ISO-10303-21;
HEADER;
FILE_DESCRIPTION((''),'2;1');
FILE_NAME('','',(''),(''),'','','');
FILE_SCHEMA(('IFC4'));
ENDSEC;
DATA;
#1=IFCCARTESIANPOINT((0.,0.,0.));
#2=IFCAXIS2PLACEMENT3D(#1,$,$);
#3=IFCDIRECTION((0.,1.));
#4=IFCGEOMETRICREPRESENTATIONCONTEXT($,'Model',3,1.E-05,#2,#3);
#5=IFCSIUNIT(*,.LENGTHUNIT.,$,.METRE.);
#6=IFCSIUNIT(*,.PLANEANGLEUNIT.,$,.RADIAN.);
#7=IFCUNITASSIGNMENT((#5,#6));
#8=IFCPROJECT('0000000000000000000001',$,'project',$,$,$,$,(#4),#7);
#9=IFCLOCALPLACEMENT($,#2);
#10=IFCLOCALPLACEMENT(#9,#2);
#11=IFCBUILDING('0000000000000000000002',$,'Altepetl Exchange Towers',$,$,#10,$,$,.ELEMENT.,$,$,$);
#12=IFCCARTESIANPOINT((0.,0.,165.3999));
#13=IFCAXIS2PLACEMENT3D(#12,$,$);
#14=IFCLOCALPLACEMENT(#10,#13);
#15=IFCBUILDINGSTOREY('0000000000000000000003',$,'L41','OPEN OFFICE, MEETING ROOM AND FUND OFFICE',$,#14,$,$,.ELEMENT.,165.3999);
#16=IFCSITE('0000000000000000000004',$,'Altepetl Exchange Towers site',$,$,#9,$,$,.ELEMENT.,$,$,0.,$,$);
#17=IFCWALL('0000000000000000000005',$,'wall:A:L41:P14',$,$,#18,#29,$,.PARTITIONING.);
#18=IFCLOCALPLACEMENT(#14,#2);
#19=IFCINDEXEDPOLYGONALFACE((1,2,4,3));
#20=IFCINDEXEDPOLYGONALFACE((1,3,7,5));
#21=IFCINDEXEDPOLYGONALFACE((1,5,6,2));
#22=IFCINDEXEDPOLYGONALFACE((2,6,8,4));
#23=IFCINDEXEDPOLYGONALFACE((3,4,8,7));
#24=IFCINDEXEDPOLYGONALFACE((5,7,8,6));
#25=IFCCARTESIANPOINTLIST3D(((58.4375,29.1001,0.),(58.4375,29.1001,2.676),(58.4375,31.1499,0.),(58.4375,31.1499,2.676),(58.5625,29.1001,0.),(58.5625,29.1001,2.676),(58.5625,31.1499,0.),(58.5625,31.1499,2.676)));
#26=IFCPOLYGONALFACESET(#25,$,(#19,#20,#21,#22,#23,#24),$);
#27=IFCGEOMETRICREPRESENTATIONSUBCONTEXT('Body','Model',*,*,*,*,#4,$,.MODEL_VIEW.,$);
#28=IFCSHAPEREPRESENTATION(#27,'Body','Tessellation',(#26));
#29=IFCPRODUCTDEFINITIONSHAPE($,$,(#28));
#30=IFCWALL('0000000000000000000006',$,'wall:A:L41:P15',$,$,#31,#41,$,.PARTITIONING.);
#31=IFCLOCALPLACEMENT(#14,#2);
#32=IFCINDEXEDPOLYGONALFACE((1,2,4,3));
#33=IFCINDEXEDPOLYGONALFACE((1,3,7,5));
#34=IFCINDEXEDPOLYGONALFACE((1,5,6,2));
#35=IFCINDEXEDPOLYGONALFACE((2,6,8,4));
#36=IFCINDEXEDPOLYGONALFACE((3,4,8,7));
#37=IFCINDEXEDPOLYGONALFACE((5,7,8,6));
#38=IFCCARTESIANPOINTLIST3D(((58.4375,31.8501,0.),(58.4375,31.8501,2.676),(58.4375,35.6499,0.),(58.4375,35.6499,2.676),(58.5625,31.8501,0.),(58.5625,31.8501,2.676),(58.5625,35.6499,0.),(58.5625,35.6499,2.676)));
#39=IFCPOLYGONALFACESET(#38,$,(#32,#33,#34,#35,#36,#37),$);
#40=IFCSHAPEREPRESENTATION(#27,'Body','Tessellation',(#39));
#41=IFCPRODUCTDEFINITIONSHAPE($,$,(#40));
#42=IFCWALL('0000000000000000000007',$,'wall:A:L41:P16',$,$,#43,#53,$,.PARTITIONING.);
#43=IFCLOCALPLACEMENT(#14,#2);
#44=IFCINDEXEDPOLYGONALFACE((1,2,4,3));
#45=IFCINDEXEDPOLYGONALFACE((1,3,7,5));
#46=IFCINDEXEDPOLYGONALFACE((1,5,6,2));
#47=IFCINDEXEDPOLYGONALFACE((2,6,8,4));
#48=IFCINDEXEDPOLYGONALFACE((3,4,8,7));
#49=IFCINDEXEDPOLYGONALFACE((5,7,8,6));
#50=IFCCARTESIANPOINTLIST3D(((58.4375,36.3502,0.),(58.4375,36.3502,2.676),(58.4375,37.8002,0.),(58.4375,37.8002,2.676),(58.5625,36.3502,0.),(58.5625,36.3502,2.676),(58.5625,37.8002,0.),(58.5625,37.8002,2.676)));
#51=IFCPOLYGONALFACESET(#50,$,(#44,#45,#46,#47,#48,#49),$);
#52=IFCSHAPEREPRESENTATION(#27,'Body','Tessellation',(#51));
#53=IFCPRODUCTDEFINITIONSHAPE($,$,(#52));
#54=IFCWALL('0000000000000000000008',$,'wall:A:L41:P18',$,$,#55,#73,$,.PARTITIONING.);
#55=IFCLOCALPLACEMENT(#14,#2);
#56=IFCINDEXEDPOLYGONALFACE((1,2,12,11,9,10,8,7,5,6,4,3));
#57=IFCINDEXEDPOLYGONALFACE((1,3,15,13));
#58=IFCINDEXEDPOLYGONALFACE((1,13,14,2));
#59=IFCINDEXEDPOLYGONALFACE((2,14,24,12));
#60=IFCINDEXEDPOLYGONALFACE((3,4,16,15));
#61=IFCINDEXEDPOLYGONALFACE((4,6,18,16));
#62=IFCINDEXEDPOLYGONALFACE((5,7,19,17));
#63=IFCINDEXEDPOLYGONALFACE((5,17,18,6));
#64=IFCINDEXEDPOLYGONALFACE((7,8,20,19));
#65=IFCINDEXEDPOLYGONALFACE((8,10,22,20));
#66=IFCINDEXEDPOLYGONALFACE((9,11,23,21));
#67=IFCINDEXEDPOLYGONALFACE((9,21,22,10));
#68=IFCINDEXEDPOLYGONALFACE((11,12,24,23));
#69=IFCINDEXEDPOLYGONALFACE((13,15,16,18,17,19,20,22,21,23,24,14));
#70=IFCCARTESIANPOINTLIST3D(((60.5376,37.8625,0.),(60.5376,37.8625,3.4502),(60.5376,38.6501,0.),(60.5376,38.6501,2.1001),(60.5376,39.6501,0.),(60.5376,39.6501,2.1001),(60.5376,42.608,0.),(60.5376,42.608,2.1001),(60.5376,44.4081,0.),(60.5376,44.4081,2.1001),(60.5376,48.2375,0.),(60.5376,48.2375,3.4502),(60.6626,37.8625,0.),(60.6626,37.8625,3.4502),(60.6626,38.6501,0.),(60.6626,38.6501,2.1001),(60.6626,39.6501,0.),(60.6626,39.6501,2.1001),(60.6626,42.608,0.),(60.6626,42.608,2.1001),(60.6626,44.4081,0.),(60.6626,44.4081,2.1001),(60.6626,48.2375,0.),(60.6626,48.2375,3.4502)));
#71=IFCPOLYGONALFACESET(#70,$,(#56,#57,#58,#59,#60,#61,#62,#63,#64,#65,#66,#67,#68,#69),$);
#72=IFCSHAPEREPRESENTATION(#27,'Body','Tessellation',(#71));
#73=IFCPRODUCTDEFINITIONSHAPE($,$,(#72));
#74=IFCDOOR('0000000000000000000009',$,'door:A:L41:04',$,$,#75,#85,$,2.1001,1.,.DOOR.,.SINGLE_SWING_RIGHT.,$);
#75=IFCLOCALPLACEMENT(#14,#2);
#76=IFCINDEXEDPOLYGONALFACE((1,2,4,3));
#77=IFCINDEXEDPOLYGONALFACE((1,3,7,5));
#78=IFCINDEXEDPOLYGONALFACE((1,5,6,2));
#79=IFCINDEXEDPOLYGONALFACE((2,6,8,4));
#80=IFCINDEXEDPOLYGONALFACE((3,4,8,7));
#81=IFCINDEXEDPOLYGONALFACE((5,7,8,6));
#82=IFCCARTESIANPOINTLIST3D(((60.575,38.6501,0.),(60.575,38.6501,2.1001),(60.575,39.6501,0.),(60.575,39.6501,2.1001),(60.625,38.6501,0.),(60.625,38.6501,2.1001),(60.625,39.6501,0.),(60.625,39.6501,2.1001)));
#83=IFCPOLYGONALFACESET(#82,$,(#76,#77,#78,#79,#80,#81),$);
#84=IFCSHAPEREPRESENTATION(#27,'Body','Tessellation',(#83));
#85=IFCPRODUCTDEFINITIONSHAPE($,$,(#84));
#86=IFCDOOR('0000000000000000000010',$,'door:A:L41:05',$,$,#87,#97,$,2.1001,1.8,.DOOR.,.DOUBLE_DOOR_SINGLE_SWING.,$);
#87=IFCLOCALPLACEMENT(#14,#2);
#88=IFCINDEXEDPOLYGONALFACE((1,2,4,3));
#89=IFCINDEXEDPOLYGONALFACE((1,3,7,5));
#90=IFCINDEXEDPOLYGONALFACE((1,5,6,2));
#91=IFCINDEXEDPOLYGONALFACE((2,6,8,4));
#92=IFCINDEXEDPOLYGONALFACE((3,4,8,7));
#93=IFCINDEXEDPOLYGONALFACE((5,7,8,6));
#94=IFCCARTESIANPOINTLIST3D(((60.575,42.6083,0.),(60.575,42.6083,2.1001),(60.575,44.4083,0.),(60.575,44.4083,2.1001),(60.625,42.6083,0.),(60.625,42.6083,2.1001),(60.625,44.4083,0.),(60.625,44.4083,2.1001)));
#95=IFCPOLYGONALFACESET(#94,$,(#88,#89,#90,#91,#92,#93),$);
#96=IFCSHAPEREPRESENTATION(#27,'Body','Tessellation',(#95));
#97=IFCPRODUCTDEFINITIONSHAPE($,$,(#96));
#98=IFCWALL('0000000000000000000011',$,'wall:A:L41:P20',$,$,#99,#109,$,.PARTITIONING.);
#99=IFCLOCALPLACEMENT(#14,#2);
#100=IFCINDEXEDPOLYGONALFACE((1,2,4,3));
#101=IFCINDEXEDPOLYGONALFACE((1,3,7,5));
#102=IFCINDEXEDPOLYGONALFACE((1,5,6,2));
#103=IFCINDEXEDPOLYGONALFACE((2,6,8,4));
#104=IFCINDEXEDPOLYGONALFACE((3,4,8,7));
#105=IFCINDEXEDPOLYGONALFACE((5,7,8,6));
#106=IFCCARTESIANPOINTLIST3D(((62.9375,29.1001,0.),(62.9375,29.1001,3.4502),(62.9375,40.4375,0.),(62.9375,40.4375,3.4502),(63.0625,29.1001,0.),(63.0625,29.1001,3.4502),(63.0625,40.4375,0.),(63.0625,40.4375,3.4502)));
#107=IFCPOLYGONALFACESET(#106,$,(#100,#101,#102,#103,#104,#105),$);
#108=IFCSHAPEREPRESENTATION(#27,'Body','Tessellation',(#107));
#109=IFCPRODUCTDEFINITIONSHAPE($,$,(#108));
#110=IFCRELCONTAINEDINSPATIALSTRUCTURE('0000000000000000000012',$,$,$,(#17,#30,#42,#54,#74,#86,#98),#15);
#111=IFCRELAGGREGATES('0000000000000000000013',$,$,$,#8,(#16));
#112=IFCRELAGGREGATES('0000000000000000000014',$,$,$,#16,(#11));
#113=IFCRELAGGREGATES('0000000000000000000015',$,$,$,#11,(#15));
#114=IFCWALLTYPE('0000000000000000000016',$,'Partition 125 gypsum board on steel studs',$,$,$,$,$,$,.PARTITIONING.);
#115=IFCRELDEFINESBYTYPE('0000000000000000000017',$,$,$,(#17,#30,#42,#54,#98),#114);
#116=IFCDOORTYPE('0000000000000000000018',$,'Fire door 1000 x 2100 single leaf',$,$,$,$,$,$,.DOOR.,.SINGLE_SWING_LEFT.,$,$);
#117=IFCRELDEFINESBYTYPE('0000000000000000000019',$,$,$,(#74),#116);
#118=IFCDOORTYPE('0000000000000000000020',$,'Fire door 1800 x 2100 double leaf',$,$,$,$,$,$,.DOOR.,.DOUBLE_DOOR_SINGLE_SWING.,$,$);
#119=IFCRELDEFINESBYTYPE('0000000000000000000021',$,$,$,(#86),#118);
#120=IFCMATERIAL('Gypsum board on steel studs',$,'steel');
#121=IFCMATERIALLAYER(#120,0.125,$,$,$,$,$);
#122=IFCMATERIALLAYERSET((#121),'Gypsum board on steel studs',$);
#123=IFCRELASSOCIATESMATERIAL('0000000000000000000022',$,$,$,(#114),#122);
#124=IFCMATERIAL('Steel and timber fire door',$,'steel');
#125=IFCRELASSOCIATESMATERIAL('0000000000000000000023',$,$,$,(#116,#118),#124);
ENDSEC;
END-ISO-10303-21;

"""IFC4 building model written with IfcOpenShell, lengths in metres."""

from ifc_helpers import new_model, si_unit, direction, frame, frame_2d, origin, place, context, subcontext, project, spatial, rectangle, extrude, material, layer, layer_set, type_object, element, fill, save


model = new_model("IFC4")

# Units and contexts
model_context = context("Model", 3, precision=1e-05, world=origin(), true_north=direction((0.0, 1.0)))
body_context = subcontext(model_context, "Body", "Model", "MODEL_VIEW")
ifc_project = project(units=[si_unit("LENGTHUNIT", "METRE"), si_unit("PLANEANGLEUNIT", "RADIAN")], contexts=[model_context])

# Site, building, storey
site_placement = place(None, origin())
site = spatial("IfcSite", under=ifc_project, at=site_placement, Name="Altepetl Exchange Towers site", CompositionType="ELEMENT", RefElevation=0.0)
building_placement = place(site_placement, origin())
building = spatial("IfcBuilding", under=site, at=building_placement, Name="Altepetl Exchange Towers", CompositionType="ELEMENT")
storey_placement = place(building_placement, frame((0.0, 0.0, 165.3999)))
storey = spatial("IfcBuildingStorey", under=building, at=storey_placement, Name="L41", Description="OPEN OFFICE, MEETING ROOM AND FUND OFFICE", CompositionType="ELEMENT", Elevation=165.3999)

# Walls
ifc_material_1 = material(Name="Gypsum board on steel studs", Category="steel")
ifc_layer_1 = layer(ifc_material_1, 0.125)
ifc_layer_set_1 = layer_set([ifc_layer_1], Name="Gypsum board on steel studs")
wall_type = type_object("IfcWallType", Name="Partition 125 gypsum board on steel studs", PredefinedType="PARTITIONING", material=ifc_layer_set_1)
wall_1_placement = place(storey_placement, frame((58.5, 29.1001, 0.0), z_axis=(0.0, 0.0, 1.0), x_axis=(0.0, 1.0, 0.0)))
element("IfcWall", 1, at=wall_1_placement, inside=storey, type_object=wall_type, Name="wall:A:L41:P14", PredefinedType="PARTITIONING", context=body_context, shape_type="SweptSolid", body=[
    extrude(rectangle(XDim=2.0498, YDim=0.125, at=frame_2d((1.0249, 0.0))), origin(), (0.0, 0.0, 1.0), 2.676),
])
wall_2_placement = place(storey_placement, frame((58.5, 31.8501, 0.0), z_axis=(0.0, 0.0, 1.0), x_axis=(0.0, 1.0, 0.0)))
element("IfcWall", 2, at=wall_2_placement, inside=storey, type_object=wall_type, Name="wall:A:L41:P15", PredefinedType="PARTITIONING", context=body_context, shape_type="SweptSolid", body=[
    extrude(rectangle(XDim=3.7998, YDim=0.125, at=frame_2d((1.8999, 0.0))), origin(), (0.0, 0.0, 1.0), 2.676),
])
wall_3_placement = place(storey_placement, frame((58.5, 36.3501, 0.0), z_axis=(0.0, 0.0, 1.0), x_axis=(0.0, 1.0, 0.0)))
element("IfcWall", 3, at=wall_3_placement, inside=storey, type_object=wall_type, Name="wall:A:L41:P16", PredefinedType="PARTITIONING", context=body_context, shape_type="SweptSolid", body=[
    extrude(rectangle(XDim=1.45, YDim=0.125, at=frame_2d((0.7251, 0.0))), origin(), (0.0, 0.0, 1.0), 2.676),
])

# Wall, openings, doors
wall_4_placement = place(storey_placement, frame((60.6001, 37.8625, 0.0), z_axis=(0.0, 0.0, 1.0), x_axis=(0.0, 1.0, 0.0)))
wall_4 = element("IfcWall", 4, at=wall_4_placement, inside=storey, type_object=wall_type, Name="wall:A:L41:P18", PredefinedType="PARTITIONING", context=body_context, shape_type="SweptSolid", body=[
    extrude(rectangle(XDim=10.375, YDim=0.125, at=frame_2d((5.1875, 0.0))), origin(), (0.0, 0.0, 1.0), 3.4502),
])
opening_1_placement = place(wall_4_placement, frame((0.7876, 0.0, 0.0)))
opening_1 = element("IfcOpeningElement", 5, at=opening_1_placement, cuts=wall_4, PredefinedType="OPENING", context=body_context, shape_type="SweptSolid", body=[
    extrude(rectangle(XDim=1.0, YDim=2.1001, at=frame_2d((0.5, 1.05))), frame((0.0, 0.0725, 0.0), z_axis=(0.0, -1.0, 0.0), x_axis=(1.0, 0.0, 0.0)), (0.0, 0.0, 1.0), 0.145),
])
opening_2_placement = place(wall_4_placement, frame((4.7456, 0.0, 0.0)))
opening_2 = element("IfcOpeningElement", 6, at=opening_2_placement, cuts=wall_4, PredefinedType="OPENING", context=body_context, shape_type="SweptSolid", body=[
    extrude(rectangle(XDim=1.8, YDim=2.1001, at=frame_2d((0.8999, 1.05))), frame((0.0, 0.0725, 0.0), z_axis=(0.0, -1.0, 0.0), x_axis=(1.0, 0.0, 0.0)), (0.0, 0.0, 1.0), 0.145),
])
ifc_material_2 = material(Name="Steel and timber fire door", Category="steel")
door_type_1 = type_object("IfcDoorType", Name="Fire door 1000 x 2100 single leaf", OperationType="SINGLE_SWING_LEFT", PredefinedType="DOOR", material=ifc_material_2)
door_1_placement = place(opening_1_placement, frame((1.0, 0.0, 0.0), x_axis=(-1.0, 0.0, 0.0)))
door_1 = element("IfcDoor", 7, at=door_1_placement, inside=storey, type_object=door_type_1, Name="door:A:L41:04", OperationType="SINGLE_SWING_RIGHT", OverallHeight=2.1001, OverallWidth=1.0, PredefinedType="DOOR", context=body_context, shape_type="SweptSolid", body=[
    extrude(rectangle(XDim=1.0, YDim=2.1001, at=frame_2d((0.5, 1.05))), frame((0.0, 0.0249, 0.0), z_axis=(0.0, -1.0, 0.0), x_axis=(1.0, 0.0, 0.0)), (0.0, 0.0, 1.0), 0.05),
])
fill(opening_1, door_1)
door_type_2 = type_object("IfcDoorType", Name="Fire door 1800 x 2100 double leaf", OperationType="DOUBLE_DOOR_SINGLE_SWING", PredefinedType="DOOR", material=ifc_material_2)
door_2_placement = place(opening_2_placement, frame((1.8, 0.0, 0.0), x_axis=(-1.0, 0.0, 0.0)))
door_2 = element("IfcDoor", 8, at=door_2_placement, inside=storey, type_object=door_type_2, Name="door:A:L41:05", OperationType="DOUBLE_DOOR_SINGLE_SWING", OverallHeight=2.1001, OverallWidth=1.8, PredefinedType="DOOR", context=body_context, shape_type="SweptSolid", body=[
    extrude(rectangle(XDim=1.8, YDim=2.1001, at=frame_2d((0.8999, 1.05))), frame((0.0, 0.0249, 0.0), z_axis=(0.0, -1.0, 0.0), x_axis=(1.0, 0.0, 0.0)), (0.0, 0.0, 1.0), 0.05),
])
fill(opening_2, door_2)

# Wall
wall_5_placement = place(storey_placement, frame((63.0, 29.1001, 0.0), z_axis=(0.0, 0.0, 1.0), x_axis=(0.0, 1.0, 0.0)))
element("IfcWall", 9, at=wall_5_placement, inside=storey, type_object=wall_type, Name="wall:A:L41:P20", PredefinedType="PARTITIONING", context=body_context, shape_type="SweptSolid", body=[
    extrude(rectangle(XDim=11.3374, YDim=0.125, at=frame_2d((5.6687, 0.0))), origin(), (0.0, 0.0, 1.0), 3.4502),
])

save(model, "model.ifc")
